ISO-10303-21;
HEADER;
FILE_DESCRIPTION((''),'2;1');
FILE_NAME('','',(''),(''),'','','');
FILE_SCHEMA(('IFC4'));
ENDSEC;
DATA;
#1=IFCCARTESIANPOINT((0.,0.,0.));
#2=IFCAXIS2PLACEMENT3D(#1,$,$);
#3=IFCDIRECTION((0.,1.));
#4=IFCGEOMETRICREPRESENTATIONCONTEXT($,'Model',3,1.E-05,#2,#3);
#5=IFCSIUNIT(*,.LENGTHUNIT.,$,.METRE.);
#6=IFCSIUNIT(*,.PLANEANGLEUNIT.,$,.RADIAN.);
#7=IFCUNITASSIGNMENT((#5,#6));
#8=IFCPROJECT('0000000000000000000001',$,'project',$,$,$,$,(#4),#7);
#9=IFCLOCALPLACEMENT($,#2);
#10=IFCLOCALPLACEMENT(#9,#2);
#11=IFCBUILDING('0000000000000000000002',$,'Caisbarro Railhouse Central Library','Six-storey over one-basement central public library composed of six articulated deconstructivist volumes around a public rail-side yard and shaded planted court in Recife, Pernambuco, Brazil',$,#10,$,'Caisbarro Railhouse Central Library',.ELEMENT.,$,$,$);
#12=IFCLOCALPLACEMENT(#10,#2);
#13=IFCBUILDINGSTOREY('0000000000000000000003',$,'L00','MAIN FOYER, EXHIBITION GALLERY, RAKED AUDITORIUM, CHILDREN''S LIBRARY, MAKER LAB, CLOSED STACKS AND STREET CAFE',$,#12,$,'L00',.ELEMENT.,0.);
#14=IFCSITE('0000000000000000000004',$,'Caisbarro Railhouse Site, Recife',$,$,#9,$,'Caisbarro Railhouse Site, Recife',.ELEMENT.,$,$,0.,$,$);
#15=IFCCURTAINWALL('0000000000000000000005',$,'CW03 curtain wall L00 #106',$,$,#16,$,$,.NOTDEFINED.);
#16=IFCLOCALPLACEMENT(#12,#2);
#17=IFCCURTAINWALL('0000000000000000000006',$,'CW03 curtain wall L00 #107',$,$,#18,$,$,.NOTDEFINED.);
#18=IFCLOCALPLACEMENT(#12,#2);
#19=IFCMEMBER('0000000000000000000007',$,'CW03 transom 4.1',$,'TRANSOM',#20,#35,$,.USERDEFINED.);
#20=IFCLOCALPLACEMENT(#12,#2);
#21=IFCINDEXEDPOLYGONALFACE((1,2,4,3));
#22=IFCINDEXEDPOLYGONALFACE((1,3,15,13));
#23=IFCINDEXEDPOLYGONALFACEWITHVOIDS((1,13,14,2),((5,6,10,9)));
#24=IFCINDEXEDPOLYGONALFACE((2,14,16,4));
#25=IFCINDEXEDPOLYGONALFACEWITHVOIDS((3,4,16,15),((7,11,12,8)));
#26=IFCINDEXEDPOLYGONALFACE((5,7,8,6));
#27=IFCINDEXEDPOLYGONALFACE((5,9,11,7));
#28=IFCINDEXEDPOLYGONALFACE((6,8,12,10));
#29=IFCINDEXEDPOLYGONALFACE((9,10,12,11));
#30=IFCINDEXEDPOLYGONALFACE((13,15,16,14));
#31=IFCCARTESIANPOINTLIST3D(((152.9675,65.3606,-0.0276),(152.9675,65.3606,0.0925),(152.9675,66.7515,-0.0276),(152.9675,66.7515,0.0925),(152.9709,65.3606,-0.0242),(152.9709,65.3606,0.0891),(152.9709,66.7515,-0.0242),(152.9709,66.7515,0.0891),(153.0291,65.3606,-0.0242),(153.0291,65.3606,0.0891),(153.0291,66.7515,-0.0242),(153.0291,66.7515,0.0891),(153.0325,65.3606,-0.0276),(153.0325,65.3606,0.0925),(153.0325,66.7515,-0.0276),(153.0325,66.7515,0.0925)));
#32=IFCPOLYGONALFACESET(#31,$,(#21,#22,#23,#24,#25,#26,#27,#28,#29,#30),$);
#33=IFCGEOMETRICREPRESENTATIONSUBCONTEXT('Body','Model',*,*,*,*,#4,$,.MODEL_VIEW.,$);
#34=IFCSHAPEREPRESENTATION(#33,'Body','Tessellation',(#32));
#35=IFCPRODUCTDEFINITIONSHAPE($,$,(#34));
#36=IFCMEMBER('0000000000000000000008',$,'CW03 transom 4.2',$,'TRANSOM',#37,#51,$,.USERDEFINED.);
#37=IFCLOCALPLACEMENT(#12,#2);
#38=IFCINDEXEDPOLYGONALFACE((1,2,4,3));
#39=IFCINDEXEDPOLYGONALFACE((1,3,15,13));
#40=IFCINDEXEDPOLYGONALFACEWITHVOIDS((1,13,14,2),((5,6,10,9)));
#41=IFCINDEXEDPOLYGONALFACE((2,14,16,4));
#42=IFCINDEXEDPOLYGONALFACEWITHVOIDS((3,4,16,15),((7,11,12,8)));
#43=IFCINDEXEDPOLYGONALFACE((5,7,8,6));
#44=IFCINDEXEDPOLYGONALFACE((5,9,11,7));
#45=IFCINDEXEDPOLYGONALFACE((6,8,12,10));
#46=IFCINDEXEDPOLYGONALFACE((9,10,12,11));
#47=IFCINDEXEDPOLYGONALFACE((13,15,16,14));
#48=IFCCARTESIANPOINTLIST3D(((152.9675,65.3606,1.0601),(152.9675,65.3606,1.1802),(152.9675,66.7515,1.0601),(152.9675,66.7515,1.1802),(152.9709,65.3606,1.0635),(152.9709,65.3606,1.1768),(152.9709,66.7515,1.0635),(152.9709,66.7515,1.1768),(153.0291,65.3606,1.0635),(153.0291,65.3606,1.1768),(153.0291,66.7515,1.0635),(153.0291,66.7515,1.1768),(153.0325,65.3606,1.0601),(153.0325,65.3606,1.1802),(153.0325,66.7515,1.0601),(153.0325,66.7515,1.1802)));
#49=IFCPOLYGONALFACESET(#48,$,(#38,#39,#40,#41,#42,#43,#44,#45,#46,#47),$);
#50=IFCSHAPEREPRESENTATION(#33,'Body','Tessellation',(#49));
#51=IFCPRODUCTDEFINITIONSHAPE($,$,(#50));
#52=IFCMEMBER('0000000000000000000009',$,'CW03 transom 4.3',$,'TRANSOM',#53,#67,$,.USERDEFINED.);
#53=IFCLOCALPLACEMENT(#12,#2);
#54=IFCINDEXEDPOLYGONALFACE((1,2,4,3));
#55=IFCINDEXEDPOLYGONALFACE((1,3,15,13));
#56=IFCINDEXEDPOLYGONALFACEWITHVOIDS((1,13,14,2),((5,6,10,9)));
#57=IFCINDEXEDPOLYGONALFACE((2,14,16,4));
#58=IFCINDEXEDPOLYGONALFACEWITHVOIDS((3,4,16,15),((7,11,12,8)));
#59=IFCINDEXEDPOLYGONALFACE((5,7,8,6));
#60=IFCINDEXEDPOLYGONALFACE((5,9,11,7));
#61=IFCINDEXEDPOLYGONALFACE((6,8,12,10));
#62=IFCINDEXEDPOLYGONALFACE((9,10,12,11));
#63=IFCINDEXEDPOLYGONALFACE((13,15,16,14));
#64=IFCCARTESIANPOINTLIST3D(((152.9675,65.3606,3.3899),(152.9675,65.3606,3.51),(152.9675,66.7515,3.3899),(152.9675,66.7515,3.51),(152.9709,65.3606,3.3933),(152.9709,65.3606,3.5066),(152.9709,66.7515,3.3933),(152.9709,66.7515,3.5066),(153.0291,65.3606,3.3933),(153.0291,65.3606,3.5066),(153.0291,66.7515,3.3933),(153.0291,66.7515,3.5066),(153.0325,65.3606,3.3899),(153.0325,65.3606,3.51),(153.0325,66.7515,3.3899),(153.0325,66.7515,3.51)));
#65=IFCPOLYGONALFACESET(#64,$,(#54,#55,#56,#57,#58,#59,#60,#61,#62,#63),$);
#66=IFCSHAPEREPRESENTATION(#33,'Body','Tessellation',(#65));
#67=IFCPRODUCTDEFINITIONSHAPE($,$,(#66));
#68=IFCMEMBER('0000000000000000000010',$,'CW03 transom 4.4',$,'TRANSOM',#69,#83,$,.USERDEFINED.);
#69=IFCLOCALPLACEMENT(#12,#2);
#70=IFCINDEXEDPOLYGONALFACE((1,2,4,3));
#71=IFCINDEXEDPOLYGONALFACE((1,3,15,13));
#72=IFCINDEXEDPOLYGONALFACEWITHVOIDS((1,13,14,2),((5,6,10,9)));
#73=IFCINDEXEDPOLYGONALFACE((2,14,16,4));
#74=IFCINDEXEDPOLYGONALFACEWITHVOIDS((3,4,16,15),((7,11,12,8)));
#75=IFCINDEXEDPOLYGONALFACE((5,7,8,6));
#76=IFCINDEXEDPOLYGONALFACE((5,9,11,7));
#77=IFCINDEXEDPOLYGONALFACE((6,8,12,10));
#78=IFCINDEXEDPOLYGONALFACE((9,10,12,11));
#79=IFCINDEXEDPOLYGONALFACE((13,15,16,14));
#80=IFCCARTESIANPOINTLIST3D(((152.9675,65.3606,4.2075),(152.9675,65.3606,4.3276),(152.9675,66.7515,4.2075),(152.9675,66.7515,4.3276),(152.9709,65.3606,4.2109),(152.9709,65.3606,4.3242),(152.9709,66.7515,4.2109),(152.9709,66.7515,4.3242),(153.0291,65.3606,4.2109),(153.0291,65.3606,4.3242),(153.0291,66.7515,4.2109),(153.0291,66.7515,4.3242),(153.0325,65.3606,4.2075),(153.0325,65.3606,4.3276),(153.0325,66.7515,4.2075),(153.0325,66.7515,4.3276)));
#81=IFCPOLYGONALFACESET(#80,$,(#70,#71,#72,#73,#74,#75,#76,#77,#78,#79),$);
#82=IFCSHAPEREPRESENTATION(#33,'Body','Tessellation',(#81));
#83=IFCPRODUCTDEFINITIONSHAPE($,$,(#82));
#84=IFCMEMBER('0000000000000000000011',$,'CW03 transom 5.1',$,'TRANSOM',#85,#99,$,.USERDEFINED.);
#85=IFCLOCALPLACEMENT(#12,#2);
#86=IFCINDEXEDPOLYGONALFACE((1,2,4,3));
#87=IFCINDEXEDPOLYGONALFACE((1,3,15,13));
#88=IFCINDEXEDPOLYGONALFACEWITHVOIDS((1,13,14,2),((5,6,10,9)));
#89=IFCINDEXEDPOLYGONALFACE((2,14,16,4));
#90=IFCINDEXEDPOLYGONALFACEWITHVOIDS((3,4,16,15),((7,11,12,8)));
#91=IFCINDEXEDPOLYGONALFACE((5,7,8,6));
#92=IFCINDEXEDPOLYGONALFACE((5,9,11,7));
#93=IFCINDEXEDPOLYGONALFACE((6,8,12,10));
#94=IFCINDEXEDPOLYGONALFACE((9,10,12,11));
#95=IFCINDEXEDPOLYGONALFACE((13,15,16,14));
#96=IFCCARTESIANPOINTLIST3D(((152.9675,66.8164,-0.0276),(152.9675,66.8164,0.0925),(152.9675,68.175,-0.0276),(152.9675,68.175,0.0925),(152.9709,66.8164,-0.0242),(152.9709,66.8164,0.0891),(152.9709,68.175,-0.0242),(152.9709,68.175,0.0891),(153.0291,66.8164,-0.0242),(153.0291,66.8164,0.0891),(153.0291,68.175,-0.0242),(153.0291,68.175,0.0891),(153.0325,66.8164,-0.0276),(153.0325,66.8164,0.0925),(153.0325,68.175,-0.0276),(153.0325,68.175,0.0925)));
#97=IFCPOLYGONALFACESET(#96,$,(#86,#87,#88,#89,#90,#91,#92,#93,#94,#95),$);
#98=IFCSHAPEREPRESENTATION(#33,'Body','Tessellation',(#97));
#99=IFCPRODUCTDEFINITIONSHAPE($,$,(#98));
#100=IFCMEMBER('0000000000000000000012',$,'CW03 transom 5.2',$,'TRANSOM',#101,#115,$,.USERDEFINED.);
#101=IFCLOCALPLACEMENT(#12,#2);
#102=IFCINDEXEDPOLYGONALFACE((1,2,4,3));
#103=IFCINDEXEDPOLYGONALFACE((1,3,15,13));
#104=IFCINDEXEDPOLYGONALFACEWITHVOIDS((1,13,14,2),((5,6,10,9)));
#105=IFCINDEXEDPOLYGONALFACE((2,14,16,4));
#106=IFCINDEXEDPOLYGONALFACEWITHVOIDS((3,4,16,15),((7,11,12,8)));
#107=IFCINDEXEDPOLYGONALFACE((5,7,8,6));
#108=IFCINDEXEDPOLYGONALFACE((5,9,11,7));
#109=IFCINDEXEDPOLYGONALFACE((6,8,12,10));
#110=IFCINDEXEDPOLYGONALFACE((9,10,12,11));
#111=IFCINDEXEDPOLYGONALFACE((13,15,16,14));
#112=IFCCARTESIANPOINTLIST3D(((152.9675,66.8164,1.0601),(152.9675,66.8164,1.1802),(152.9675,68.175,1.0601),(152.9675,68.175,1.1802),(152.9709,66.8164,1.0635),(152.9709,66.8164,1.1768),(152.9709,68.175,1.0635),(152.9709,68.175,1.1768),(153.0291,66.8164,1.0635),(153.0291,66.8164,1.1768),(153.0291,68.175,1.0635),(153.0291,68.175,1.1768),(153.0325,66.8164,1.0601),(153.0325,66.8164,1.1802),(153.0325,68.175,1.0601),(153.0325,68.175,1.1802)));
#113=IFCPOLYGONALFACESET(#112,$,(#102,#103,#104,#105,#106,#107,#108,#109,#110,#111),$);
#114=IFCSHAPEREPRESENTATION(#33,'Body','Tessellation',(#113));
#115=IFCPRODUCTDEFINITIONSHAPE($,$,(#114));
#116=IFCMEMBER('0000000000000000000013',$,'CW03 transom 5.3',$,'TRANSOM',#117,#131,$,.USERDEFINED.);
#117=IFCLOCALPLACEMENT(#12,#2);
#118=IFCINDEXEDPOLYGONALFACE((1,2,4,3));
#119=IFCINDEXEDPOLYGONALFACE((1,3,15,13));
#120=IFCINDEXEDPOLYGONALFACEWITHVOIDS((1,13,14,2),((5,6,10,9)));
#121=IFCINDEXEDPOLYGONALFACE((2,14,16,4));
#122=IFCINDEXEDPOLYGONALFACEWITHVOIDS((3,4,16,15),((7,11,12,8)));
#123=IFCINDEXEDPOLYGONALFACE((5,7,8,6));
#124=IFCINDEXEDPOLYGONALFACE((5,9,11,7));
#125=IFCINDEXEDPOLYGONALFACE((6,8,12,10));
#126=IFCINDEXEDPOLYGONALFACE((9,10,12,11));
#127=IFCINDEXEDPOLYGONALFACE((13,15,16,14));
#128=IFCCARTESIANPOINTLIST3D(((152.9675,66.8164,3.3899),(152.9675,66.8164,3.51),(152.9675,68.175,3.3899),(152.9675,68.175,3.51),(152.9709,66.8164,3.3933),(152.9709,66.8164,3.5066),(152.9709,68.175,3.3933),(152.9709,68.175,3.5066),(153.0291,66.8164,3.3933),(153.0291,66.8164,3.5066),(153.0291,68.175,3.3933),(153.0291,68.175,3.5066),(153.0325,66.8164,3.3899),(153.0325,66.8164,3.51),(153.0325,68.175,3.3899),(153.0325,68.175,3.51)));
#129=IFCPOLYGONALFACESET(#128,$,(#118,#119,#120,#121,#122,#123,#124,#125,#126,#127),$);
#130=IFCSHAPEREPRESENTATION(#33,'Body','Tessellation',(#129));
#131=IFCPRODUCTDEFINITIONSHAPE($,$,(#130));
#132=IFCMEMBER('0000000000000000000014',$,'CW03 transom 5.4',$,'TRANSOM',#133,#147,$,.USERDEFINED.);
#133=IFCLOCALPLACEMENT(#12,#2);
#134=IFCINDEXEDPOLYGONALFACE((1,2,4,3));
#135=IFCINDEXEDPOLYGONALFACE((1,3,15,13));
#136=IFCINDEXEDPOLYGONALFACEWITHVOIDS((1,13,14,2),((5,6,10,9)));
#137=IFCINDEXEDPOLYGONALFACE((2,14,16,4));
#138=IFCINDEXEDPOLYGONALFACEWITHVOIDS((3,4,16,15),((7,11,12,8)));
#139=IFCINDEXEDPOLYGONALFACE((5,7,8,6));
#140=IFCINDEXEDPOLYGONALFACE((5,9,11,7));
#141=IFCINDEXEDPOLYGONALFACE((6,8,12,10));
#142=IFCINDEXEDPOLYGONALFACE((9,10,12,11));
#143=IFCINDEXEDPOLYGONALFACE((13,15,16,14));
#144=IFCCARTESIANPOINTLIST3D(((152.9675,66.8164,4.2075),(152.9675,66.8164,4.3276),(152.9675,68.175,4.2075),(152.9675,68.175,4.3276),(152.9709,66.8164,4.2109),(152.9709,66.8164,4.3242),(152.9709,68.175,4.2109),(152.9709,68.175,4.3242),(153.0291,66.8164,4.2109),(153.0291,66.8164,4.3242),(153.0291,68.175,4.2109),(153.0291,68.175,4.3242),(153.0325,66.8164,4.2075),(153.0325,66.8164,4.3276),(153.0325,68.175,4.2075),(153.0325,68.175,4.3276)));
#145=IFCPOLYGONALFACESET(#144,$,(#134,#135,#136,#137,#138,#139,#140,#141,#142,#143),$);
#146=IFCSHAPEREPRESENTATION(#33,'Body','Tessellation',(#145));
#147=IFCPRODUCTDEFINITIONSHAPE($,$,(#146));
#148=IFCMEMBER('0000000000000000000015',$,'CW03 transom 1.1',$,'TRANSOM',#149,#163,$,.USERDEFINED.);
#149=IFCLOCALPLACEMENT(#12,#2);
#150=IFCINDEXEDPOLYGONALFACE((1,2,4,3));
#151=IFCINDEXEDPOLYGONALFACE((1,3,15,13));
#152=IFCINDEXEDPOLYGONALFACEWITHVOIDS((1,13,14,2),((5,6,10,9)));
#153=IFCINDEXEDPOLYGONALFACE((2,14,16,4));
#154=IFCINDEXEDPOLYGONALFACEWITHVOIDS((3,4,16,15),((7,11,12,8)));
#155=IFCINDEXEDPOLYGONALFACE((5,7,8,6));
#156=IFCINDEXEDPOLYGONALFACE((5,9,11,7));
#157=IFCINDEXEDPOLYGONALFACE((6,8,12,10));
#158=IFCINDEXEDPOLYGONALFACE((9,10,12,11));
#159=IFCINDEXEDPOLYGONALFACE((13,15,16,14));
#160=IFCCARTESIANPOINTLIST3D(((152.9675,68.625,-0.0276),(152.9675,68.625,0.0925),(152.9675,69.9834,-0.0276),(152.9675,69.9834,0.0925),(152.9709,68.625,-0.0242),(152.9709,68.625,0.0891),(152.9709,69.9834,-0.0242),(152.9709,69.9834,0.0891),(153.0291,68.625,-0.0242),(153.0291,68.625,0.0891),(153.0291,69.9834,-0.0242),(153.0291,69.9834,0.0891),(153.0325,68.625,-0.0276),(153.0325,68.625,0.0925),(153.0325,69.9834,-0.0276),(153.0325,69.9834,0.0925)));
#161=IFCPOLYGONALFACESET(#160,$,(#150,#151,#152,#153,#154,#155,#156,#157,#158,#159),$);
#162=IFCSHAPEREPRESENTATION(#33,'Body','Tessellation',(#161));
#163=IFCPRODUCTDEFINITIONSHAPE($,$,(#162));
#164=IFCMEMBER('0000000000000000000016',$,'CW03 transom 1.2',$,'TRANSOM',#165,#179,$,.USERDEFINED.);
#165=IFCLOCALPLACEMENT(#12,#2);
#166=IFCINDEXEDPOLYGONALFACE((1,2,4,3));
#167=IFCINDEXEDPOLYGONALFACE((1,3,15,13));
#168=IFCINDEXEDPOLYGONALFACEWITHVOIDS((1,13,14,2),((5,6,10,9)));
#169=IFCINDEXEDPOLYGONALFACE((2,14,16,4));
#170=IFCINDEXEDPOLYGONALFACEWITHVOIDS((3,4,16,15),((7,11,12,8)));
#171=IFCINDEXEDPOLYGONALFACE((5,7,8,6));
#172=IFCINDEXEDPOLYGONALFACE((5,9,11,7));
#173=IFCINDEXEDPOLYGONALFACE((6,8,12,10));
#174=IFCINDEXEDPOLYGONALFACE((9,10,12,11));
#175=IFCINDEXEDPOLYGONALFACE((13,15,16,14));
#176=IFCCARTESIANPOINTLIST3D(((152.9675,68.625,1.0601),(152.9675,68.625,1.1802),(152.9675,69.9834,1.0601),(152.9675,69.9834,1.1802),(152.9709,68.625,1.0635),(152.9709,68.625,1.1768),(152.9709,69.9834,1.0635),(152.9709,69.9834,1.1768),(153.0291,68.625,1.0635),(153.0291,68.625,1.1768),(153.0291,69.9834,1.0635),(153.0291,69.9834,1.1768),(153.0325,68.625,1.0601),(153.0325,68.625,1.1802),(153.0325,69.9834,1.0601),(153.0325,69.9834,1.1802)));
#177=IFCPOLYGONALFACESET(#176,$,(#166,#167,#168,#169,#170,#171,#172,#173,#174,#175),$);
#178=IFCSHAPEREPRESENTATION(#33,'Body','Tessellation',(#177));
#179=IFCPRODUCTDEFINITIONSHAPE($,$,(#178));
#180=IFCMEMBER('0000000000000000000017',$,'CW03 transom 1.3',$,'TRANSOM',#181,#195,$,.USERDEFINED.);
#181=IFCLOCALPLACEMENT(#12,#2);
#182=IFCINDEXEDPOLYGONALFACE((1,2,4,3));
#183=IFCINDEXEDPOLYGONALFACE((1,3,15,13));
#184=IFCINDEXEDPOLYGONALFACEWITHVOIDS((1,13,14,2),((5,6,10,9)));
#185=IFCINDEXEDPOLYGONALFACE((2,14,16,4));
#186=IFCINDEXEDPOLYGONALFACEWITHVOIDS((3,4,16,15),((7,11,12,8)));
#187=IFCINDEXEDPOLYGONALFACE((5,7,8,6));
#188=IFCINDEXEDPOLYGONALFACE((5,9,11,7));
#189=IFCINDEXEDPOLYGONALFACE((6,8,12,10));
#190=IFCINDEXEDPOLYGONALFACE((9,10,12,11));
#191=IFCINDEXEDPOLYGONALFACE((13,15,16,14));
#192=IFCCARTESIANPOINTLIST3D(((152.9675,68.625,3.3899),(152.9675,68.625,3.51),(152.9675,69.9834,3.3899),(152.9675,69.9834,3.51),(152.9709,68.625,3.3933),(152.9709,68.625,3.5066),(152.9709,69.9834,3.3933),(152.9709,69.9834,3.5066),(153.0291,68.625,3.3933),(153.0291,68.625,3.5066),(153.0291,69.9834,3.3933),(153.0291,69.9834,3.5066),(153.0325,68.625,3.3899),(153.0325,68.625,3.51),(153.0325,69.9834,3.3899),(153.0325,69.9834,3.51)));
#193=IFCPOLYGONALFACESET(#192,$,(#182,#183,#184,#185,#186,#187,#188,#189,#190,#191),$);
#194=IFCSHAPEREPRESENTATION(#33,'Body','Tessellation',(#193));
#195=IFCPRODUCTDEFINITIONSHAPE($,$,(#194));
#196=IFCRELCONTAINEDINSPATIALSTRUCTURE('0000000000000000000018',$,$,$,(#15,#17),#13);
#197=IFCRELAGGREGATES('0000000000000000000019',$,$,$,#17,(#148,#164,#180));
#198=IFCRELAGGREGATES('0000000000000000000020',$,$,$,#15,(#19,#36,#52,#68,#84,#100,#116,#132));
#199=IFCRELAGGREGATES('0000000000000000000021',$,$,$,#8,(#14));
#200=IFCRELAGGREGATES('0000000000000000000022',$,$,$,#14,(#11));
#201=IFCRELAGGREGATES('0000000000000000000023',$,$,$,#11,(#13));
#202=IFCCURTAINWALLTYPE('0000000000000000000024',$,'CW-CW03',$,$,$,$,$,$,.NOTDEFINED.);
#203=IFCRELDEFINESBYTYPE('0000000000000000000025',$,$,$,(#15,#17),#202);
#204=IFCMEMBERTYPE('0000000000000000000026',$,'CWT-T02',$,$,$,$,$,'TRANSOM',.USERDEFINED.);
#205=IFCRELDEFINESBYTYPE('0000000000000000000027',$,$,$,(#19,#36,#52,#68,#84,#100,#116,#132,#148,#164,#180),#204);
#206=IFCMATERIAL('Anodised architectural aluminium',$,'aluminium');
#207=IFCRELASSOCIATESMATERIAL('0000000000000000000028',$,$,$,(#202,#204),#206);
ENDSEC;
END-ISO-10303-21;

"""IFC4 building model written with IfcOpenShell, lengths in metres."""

from ifc_helpers import new_model, si_unit, direction, frame, origin, origin_2d, place, context, subcontext, project, spatial, hollow_rectangle, extrude, material, material_profile, profile_set, type_object, element, aggregate, save


model = new_model("IFC4")

# Units and contexts
model_context = context("Model", 3, precision=1e-05, world=origin(), true_north=direction((0.0, 1.0)))
body_context = subcontext(model_context, "Body", "Model", "MODEL_VIEW")
ifc_project = project(units=[si_unit("LENGTHUNIT", "METRE"), si_unit("PLANEANGLEUNIT", "RADIAN")], contexts=[model_context])

# Site, building, storey
site_placement = place(None, origin())
site = spatial("IfcSite", under=ifc_project, at=site_placement, Name="Caisbarro Railhouse Site, Recife", LongName="Caisbarro Railhouse Site, Recife", CompositionType="ELEMENT", RefElevation=0.0)
building_placement = place(site_placement, origin())
building = spatial("IfcBuilding", under=site, at=building_placement, Name="Caisbarro Railhouse Central Library", Description="Six-storey over one-basement central public library composed of six articulated deconstructivist volumes around a public rail-side yard and shaded planted court in Recife, Pernambuco, Brazil", LongName="Caisbarro Railhouse Central Library", CompositionType="ELEMENT")
storey_placement = place(building_placement, origin())
storey = spatial("IfcBuildingStorey", under=building, at=storey_placement, Name="L00", Description="MAIN FOYER, EXHIBITION GALLERY, RAKED AUDITORIUM, CHILDREN'S LIBRARY, MAKER LAB, CLOSED STACKS AND STREET CAFE", LongName="L00", CompositionType="ELEMENT", Elevation=0.0)

# Curtain wall
ifc_material_1 = material(Name="Anodised architectural aluminium", Category="aluminium")
curtain_wall_type = type_object("IfcCurtainWallType", Name="CW-CW03", PredefinedType="NOTDEFINED", material=ifc_material_1)
curtain_wall_1_placement = place(storey_placement, origin())
curtain_wall_1 = element("IfcCurtainWall", 1, at=curtain_wall_1_placement, inside=storey, type_object=curtain_wall_type, Name="CW03 curtain wall L00 #106", PredefinedType="NOTDEFINED")

# Curtain wall
curtain_wall_2_placement = place(storey_placement, origin())
curtain_wall_2 = element("IfcCurtainWall", 2, at=curtain_wall_2_placement, inside=storey, type_object=curtain_wall_type, Name="CW03 curtain wall L00 #107", PredefinedType="NOTDEFINED")

# Members
ifc_material_profile_1 = material_profile(ifc_material_1, hollow_rectangle(XDim=0.0649, YDim=0.1201, WallThickness=0.0034, at=origin_2d()), Name="ALU-TRN-65X120")
ifc_profile_set_1 = profile_set([ifc_material_profile_1], Name="Anodised architectural aluminium")
member_type_1 = type_object("IfcMemberType", Name="CWT-T02", ElementType="TRANSOM", PredefinedType="USERDEFINED", material=ifc_profile_set_1)
member_1_placement = place(storey_placement, frame((153.0, 65.3606, 0.0325), z_axis=(0.0, 1.0, 0.0), x_axis=(-1.0, 0.0, 0.0)))
member_1 = element("IfcMember", 3, at=member_1_placement, type_object=member_type_1, Name="CW03 transom 4.1", ObjectType="TRANSOM", PredefinedType="USERDEFINED", context=body_context, shape_type="SweptSolid", body=[
    extrude(hollow_rectangle(XDim=0.0649, YDim=0.1201, WallThickness=0.0034, at=origin_2d()), origin(), (0.0, 0.0, 1.0), 1.3909),
])
member_2_placement = place(storey_placement, frame((153.0, 65.3606, 1.1201), z_axis=(0.0, 1.0, 0.0), x_axis=(-1.0, 0.0, 0.0)))
member_2 = element("IfcMember", 4, at=member_2_placement, type_object=member_type_1, Name="CW03 transom 4.2", ObjectType="TRANSOM", PredefinedType="USERDEFINED", context=body_context, shape_type="SweptSolid", body=[
    extrude(hollow_rectangle(XDim=0.0649, YDim=0.1201, WallThickness=0.0034, at=origin_2d()), origin(), (0.0, 0.0, 1.0), 1.3909),
])
member_3_placement = place(storey_placement, frame((153.0, 65.3606, 3.45), z_axis=(0.0, 1.0, 0.0), x_axis=(-1.0, 0.0, 0.0)))
member_3 = element("IfcMember", 5, at=member_3_placement, type_object=member_type_1, Name="CW03 transom 4.3", ObjectType="TRANSOM", PredefinedType="USERDEFINED", context=body_context, shape_type="SweptSolid", body=[
    extrude(hollow_rectangle(XDim=0.0649, YDim=0.1201, WallThickness=0.0034, at=origin_2d()), origin(), (0.0, 0.0, 1.0), 1.3909),
])
member_4_placement = place(storey_placement, frame((153.0, 65.3606, 4.2676), z_axis=(0.0, 1.0, 0.0), x_axis=(-1.0, 0.0, 0.0)))
member_4 = element("IfcMember", 6, at=member_4_placement, type_object=member_type_1, Name="CW03 transom 4.4", ObjectType="TRANSOM", PredefinedType="USERDEFINED", context=body_context, shape_type="SweptSolid", body=[
    extrude(hollow_rectangle(XDim=0.0649, YDim=0.1201, WallThickness=0.0034, at=origin_2d()), origin(), (0.0, 0.0, 1.0), 1.3909),
])
member_5_placement = place(storey_placement, frame((153.0, 66.8164, 0.0325), z_axis=(0.0, 1.0, 0.0), x_axis=(-1.0, 0.0, 0.0)))
member_5 = element("IfcMember", 7, at=member_5_placement, type_object=member_type_1, Name="CW03 transom 5.1", ObjectType="TRANSOM", PredefinedType="USERDEFINED", context=body_context, shape_type="SweptSolid", body=[
    extrude(hollow_rectangle(XDim=0.0649, YDim=0.1201, WallThickness=0.0034, at=origin_2d()), origin(), (0.0, 0.0, 1.0), 1.3586),
])
member_6_placement = place(storey_placement, frame((153.0, 66.8164, 1.1201), z_axis=(0.0, 1.0, 0.0), x_axis=(-1.0, 0.0, 0.0)))
member_6 = element("IfcMember", 8, at=member_6_placement, type_object=member_type_1, Name="CW03 transom 5.2", ObjectType="TRANSOM", PredefinedType="USERDEFINED", context=body_context, shape_type="SweptSolid", body=[
    extrude(hollow_rectangle(XDim=0.0649, YDim=0.1201, WallThickness=0.0034, at=origin_2d()), origin(), (0.0, 0.0, 1.0), 1.3586),
])
member_7_placement = place(storey_placement, frame((153.0, 66.8164, 3.45), z_axis=(0.0, 1.0, 0.0), x_axis=(-1.0, 0.0, 0.0)))
member_7 = element("IfcMember", 9, at=member_7_placement, type_object=member_type_1, Name="CW03 transom 5.3", ObjectType="TRANSOM", PredefinedType="USERDEFINED", context=body_context, shape_type="SweptSolid", body=[
    extrude(hollow_rectangle(XDim=0.0649, YDim=0.1201, WallThickness=0.0034, at=origin_2d()), origin(), (0.0, 0.0, 1.0), 1.3586),
])
member_8_placement = place(storey_placement, frame((153.0, 66.8164, 4.2676), z_axis=(0.0, 1.0, 0.0), x_axis=(-1.0, 0.0, 0.0)))
member_8 = element("IfcMember", 10, at=member_8_placement, type_object=member_type_1, Name="CW03 transom 5.4", ObjectType="TRANSOM", PredefinedType="USERDEFINED", context=body_context, shape_type="SweptSolid", body=[
    extrude(hollow_rectangle(XDim=0.0649, YDim=0.1201, WallThickness=0.0034, at=origin_2d()), origin(), (0.0, 0.0, 1.0), 1.3586),
])
member_9_placement = place(storey_placement, frame((153.0, 68.625, 0.0325), z_axis=(0.0, 1.0, 0.0), x_axis=(-1.0, 0.0, 0.0)))
member_9 = element("IfcMember", 11, at=member_9_placement, type_object=member_type_1, Name="CW03 transom 1.1", ObjectType="TRANSOM", PredefinedType="USERDEFINED", context=body_context, shape_type="SweptSolid", body=[
    extrude(hollow_rectangle(XDim=0.0649, YDim=0.1201, WallThickness=0.0034, at=origin_2d()), origin(), (0.0, 0.0, 1.0), 1.3584),
])
member_10_placement = place(storey_placement, frame((153.0, 68.625, 1.1201), z_axis=(0.0, 1.0, 0.0), x_axis=(-1.0, 0.0, 0.0)))
member_10 = element("IfcMember", 12, at=member_10_placement, type_object=member_type_1, Name="CW03 transom 1.2", ObjectType="TRANSOM", PredefinedType="USERDEFINED", context=body_context, shape_type="SweptSolid", body=[
    extrude(hollow_rectangle(XDim=0.0649, YDim=0.1201, WallThickness=0.0034, at=origin_2d()), origin(), (0.0, 0.0, 1.0), 1.3584),
])
member_11_placement = place(storey_placement, frame((153.0, 68.625, 3.45), z_axis=(0.0, 1.0, 0.0), x_axis=(-1.0, 0.0, 0.0)))
member_11 = element("IfcMember", 13, at=member_11_placement, type_object=member_type_1, Name="CW03 transom 1.3", ObjectType="TRANSOM", PredefinedType="USERDEFINED", context=body_context, shape_type="SweptSolid", body=[
    extrude(hollow_rectangle(XDim=0.0649, YDim=0.1201, WallThickness=0.0034, at=origin_2d()), origin(), (0.0, 0.0, 1.0), 1.3584),
])
aggregate(curtain_wall_2, [member_9, member_10, member_11])

aggregate(curtain_wall_1, [member_1, member_2, member_3, member_4, member_5, member_6, member_7, member_8])

save(model, "model.ifc")
